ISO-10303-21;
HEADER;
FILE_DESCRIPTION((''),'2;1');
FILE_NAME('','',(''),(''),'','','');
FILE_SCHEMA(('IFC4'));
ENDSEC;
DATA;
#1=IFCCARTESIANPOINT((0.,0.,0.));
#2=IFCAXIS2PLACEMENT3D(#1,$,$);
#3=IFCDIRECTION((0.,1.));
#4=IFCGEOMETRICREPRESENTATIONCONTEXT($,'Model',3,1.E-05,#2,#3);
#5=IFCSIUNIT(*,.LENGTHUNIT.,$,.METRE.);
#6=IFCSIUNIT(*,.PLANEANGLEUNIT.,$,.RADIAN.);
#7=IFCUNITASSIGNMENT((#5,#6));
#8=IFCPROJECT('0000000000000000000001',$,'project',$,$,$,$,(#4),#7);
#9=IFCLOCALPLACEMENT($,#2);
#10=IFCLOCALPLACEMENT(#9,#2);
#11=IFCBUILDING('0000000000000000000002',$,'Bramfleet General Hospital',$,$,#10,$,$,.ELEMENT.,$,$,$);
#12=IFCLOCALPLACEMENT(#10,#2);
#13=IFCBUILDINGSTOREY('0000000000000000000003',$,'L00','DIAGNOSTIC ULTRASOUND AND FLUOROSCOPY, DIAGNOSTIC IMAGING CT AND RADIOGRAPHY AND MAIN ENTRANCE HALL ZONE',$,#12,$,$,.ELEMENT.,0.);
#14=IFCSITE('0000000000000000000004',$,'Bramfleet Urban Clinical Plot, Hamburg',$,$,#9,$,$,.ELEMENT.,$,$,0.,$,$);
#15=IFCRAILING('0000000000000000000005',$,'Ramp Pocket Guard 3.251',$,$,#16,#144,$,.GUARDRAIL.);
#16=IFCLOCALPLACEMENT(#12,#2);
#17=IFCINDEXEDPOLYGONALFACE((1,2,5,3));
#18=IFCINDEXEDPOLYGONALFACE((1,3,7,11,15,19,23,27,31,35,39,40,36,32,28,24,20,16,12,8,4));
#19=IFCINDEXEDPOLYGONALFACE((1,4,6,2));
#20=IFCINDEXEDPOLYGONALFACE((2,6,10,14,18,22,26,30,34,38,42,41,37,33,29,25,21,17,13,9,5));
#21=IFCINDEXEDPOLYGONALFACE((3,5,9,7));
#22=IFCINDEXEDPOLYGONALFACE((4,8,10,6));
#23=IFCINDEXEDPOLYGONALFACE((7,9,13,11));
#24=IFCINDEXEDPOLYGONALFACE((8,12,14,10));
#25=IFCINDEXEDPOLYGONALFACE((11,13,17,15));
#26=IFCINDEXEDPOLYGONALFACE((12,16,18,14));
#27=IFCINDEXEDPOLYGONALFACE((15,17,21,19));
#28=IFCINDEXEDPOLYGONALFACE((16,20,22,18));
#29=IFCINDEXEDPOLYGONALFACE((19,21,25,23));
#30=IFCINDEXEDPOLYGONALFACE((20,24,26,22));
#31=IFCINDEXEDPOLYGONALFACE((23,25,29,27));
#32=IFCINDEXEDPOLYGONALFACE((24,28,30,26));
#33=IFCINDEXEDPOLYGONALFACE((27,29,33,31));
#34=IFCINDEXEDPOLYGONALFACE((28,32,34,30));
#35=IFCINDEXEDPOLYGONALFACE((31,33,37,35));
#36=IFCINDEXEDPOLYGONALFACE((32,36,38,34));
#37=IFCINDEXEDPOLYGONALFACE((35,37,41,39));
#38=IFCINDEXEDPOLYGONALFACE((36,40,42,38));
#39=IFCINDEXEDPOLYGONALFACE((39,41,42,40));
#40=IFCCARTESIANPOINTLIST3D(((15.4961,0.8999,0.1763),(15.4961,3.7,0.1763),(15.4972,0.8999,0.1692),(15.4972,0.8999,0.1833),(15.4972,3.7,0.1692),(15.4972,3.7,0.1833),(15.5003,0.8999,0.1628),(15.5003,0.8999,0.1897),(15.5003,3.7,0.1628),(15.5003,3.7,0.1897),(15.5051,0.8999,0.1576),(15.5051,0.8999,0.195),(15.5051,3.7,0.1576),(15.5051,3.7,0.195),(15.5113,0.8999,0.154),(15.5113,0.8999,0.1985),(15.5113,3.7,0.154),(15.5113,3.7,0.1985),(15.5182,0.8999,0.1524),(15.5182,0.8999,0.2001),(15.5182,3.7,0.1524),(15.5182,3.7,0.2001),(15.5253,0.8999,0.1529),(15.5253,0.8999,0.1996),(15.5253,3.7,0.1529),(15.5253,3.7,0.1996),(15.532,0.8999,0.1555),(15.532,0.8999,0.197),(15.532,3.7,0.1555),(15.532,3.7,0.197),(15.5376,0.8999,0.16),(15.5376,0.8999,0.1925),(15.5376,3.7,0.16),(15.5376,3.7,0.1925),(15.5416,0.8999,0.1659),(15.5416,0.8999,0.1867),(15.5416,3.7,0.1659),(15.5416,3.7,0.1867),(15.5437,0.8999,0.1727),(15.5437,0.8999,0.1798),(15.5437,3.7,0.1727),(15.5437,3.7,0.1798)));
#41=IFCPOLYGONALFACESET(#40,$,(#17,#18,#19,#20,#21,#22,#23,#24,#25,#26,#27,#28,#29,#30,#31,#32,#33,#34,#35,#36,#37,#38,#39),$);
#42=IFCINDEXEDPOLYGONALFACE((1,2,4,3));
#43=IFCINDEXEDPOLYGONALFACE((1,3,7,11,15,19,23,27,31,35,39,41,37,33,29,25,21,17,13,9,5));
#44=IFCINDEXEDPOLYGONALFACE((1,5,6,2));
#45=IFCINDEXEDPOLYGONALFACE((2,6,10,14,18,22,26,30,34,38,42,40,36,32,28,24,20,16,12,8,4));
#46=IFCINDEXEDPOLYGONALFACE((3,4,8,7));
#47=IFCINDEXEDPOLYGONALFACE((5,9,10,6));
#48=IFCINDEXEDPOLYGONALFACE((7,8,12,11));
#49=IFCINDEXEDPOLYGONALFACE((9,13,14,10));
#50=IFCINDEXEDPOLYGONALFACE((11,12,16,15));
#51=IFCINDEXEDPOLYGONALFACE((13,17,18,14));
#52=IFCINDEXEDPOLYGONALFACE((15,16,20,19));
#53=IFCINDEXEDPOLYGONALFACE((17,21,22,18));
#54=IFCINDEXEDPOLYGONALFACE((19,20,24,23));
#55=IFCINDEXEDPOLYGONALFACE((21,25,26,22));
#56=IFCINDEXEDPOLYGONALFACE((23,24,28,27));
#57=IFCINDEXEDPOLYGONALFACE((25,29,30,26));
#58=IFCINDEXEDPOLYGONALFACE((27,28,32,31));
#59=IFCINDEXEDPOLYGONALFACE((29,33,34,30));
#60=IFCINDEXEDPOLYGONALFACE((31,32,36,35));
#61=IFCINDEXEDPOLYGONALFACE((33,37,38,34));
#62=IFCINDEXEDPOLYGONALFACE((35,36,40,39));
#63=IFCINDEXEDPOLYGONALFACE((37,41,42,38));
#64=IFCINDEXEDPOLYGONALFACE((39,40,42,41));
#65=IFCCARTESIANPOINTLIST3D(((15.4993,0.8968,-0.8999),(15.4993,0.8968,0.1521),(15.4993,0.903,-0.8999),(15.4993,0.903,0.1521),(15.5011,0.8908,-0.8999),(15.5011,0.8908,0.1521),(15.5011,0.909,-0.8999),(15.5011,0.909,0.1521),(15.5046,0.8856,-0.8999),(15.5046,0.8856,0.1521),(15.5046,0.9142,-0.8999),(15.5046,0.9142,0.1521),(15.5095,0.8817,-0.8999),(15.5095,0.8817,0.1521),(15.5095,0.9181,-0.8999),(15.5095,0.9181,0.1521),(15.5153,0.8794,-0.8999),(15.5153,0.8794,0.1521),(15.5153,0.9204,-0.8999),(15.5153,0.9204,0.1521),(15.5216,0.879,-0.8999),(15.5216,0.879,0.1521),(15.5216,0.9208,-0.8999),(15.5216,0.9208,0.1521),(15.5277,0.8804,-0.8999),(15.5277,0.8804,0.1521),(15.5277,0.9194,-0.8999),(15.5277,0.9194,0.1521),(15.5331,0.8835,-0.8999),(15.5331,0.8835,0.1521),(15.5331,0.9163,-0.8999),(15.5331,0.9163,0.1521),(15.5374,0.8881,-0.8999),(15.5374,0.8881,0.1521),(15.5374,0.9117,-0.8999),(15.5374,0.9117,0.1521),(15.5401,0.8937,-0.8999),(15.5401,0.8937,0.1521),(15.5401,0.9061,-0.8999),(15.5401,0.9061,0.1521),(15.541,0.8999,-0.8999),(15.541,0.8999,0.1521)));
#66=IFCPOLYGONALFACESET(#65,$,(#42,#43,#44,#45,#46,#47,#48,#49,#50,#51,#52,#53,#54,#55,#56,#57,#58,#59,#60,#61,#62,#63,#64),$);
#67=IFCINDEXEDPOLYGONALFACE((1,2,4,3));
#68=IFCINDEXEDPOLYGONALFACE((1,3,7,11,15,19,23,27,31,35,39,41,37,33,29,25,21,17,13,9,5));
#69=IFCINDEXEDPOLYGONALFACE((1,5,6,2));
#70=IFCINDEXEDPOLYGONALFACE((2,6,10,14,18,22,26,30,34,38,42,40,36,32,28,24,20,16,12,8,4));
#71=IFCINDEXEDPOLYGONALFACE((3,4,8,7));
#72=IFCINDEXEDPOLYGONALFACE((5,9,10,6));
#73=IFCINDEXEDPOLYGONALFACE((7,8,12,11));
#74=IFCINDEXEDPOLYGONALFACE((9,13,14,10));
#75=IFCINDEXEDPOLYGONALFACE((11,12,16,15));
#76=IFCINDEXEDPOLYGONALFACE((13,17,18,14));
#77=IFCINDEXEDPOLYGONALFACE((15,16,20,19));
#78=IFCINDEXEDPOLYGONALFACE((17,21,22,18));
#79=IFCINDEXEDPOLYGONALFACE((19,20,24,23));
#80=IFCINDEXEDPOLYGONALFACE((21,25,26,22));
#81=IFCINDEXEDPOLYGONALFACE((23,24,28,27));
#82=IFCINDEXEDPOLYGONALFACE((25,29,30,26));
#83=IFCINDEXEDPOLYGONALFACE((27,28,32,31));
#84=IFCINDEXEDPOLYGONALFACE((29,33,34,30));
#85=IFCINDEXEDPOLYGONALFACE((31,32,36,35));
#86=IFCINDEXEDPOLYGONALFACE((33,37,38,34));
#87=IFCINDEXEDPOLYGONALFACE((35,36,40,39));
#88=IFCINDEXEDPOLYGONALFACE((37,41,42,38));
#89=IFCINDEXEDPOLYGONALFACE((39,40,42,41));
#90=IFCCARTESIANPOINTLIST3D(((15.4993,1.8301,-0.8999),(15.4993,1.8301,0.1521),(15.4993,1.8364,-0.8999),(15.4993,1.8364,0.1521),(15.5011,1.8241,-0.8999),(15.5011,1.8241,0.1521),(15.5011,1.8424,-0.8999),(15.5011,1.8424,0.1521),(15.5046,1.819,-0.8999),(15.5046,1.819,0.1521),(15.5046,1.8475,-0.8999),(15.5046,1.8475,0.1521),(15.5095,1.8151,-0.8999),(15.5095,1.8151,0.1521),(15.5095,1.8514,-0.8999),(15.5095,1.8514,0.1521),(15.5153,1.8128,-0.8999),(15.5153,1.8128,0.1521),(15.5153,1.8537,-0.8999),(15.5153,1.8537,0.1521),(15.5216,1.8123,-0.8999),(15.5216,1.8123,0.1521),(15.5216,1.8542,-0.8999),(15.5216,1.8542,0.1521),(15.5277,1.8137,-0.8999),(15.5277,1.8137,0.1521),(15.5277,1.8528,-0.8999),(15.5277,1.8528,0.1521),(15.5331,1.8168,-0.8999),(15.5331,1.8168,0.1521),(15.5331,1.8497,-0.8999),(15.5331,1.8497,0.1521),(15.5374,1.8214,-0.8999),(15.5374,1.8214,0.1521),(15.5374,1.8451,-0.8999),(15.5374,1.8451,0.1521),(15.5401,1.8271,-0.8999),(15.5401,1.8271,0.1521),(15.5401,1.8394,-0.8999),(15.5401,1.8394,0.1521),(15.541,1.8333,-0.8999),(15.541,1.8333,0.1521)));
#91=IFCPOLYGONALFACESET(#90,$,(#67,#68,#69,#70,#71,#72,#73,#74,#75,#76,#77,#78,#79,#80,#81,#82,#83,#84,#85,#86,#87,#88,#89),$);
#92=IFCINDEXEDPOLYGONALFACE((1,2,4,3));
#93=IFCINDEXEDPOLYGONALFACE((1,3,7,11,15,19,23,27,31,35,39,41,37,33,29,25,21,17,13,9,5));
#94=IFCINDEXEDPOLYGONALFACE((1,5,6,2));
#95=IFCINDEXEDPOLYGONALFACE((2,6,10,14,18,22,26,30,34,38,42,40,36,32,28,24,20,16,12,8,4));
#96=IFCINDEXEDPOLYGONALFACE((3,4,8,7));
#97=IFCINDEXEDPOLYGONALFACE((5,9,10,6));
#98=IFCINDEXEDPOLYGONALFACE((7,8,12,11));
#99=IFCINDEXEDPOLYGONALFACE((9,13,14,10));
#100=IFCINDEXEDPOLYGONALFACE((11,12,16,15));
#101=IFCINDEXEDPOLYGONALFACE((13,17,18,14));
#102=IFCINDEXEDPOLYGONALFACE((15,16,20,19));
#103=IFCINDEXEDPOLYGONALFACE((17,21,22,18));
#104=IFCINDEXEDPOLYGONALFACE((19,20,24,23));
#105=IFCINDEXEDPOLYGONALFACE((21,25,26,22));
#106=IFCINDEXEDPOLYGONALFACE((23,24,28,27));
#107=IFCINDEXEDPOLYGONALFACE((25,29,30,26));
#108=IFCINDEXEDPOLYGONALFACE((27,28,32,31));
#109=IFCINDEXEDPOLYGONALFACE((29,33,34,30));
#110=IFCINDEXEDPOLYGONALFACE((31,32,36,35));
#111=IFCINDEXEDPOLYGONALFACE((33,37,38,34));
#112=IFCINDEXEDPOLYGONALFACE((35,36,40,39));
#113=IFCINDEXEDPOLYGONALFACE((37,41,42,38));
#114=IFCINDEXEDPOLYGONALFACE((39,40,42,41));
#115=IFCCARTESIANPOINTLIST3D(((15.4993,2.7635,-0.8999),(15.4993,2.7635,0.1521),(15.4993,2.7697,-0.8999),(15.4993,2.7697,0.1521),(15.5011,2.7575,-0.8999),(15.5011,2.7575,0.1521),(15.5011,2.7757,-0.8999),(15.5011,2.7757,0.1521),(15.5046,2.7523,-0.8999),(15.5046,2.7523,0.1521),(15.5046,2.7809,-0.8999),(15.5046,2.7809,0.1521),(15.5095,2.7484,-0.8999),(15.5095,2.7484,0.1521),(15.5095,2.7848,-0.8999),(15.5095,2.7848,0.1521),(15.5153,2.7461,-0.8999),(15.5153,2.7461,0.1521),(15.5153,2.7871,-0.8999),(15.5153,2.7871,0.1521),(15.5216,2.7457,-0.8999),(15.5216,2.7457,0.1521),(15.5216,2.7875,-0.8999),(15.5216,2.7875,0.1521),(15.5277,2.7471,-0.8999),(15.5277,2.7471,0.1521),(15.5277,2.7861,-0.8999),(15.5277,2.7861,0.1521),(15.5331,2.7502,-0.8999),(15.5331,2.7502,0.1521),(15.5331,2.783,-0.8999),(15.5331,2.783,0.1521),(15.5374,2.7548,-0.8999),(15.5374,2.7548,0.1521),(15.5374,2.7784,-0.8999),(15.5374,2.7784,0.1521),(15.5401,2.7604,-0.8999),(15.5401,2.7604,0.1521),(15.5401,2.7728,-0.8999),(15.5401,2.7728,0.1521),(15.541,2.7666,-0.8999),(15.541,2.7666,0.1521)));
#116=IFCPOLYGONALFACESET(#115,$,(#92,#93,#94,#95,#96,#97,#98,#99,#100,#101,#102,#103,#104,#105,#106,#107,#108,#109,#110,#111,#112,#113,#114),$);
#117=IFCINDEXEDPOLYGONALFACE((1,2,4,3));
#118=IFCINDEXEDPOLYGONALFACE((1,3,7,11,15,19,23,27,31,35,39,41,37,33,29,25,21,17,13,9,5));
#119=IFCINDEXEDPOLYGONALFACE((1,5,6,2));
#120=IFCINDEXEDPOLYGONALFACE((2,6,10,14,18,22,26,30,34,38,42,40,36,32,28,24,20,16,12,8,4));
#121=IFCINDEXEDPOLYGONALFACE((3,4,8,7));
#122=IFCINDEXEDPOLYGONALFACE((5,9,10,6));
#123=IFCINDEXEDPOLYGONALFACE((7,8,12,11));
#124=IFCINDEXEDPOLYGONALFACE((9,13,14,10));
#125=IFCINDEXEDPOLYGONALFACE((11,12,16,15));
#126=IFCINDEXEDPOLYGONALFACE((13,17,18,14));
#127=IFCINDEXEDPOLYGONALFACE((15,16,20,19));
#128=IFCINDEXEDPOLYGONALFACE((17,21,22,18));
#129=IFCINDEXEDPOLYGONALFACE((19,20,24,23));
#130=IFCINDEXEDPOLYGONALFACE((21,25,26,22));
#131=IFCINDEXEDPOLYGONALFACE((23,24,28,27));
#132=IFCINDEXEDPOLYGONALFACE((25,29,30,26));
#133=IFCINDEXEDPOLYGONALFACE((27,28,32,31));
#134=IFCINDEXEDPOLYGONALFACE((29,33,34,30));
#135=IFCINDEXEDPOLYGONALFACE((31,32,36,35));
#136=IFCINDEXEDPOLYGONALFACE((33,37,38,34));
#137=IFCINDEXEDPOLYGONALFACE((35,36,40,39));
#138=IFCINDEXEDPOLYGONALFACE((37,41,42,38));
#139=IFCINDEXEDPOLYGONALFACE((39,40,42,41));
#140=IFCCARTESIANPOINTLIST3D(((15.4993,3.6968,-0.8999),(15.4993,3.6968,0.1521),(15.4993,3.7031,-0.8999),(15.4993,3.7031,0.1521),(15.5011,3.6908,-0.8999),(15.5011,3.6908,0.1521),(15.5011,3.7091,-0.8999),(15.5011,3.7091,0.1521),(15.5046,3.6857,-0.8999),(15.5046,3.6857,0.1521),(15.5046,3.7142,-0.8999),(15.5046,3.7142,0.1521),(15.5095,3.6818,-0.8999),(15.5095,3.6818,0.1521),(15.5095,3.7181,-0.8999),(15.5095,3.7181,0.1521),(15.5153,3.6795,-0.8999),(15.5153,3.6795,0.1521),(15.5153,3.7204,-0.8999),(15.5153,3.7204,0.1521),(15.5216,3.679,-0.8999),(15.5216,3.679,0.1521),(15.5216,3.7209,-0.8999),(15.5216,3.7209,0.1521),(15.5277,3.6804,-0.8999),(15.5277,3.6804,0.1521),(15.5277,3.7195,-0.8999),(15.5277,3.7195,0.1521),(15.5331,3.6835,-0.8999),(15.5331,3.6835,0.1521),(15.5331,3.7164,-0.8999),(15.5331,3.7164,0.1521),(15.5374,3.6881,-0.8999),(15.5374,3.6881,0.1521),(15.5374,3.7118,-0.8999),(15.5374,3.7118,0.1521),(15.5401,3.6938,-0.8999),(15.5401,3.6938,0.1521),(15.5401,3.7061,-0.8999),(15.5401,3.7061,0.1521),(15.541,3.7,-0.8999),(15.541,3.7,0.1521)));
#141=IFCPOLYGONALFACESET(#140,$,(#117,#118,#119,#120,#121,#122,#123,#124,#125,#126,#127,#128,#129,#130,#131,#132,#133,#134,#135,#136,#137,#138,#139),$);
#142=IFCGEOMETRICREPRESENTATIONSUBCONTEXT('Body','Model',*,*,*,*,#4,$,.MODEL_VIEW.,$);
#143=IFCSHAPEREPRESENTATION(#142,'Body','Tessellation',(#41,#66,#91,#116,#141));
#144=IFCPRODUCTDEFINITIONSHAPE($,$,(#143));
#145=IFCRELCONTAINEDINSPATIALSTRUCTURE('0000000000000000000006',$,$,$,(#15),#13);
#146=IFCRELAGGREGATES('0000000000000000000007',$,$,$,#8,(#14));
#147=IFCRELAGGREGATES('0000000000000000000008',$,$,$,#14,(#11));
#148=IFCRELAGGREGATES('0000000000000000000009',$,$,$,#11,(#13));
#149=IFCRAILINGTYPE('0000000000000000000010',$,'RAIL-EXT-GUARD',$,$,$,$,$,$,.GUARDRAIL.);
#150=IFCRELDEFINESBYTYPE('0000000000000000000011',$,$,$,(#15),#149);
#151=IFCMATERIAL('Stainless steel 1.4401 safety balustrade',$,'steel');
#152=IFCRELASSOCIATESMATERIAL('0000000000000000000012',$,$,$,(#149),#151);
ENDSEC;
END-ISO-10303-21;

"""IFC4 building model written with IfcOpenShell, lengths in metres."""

from ifc_helpers import new_model, si_unit, direction, frame, origin, origin_2d, place, context, subcontext, project, spatial, circle, extrude, material, type_object, element, save


model = new_model("IFC4")

# Units and contexts
model_context = context("Model", 3, precision=1e-05, world=origin(), true_north=direction((0.0, 1.0)))
body_context = subcontext(model_context, "Body", "Model", "MODEL_VIEW")
ifc_project = project(units=[si_unit("LENGTHUNIT", "METRE"), si_unit("PLANEANGLEUNIT", "RADIAN")], contexts=[model_context])

# Site, building, storey
site_placement = place(None, origin())
site = spatial("IfcSite", under=ifc_project, at=site_placement, Name="Bramfleet Urban Clinical Plot, Hamburg", CompositionType="ELEMENT", RefElevation=0.0)
building_placement = place(site_placement, origin())
building = spatial("IfcBuilding", under=site, at=building_placement, Name="Bramfleet General Hospital", CompositionType="ELEMENT")
storey_placement = place(building_placement, origin())
storey = spatial("IfcBuildingStorey", under=building, at=storey_placement, Name="L00", Description="DIAGNOSTIC ULTRASOUND AND FLUOROSCOPY, DIAGNOSTIC IMAGING CT AND RADIOGRAPHY AND MAIN ENTRANCE HALL ZONE", CompositionType="ELEMENT", Elevation=0.0)

# Railing
ifc_material_1 = material(Name="Stainless steel 1.4401 safety balustrade", Category="steel")
railing_type = type_object("IfcRailingType", Name="RAIL-EXT-GUARD", PredefinedType="GUARDRAIL", material=ifc_material_1)
railing_1_placement = place(storey_placement, frame((15.52, 0.8999, -0.8999)))
element("IfcRailing", 1, at=railing_1_placement, inside=storey, type_object=railing_type, Name="Ramp Pocket Guard 3.251", PredefinedType="GUARDRAIL", context=body_context, shape_type="SweptSolid", body=[
    extrude(circle(Radius=0.0239, at=origin_2d()), frame((0.0, 0.0, 1.0762), z_axis=(0.0, 1.0, 0.0), x_axis=(-1.0, 0.0, 0.0)), (0.0, 0.0, 1.0), 2.8),
    extrude(circle(Radius=0.021, at=origin_2d()), origin(), (0.0, 0.0, 1.0), 1.052),
    extrude(circle(Radius=0.021, at=origin_2d()), frame((0.0, 0.9333, 0.0)), (0.0, 0.0, 1.0), 1.052),
    extrude(circle(Radius=0.021, at=origin_2d()), frame((0.0, 1.8667, 0.0)), (0.0, 0.0, 1.0), 1.052),
    extrude(circle(Radius=0.021, at=origin_2d()), frame((0.0, 2.8, 0.0)), (0.0, 0.0, 1.0), 1.052),
])

save(model, "model.ifc")
